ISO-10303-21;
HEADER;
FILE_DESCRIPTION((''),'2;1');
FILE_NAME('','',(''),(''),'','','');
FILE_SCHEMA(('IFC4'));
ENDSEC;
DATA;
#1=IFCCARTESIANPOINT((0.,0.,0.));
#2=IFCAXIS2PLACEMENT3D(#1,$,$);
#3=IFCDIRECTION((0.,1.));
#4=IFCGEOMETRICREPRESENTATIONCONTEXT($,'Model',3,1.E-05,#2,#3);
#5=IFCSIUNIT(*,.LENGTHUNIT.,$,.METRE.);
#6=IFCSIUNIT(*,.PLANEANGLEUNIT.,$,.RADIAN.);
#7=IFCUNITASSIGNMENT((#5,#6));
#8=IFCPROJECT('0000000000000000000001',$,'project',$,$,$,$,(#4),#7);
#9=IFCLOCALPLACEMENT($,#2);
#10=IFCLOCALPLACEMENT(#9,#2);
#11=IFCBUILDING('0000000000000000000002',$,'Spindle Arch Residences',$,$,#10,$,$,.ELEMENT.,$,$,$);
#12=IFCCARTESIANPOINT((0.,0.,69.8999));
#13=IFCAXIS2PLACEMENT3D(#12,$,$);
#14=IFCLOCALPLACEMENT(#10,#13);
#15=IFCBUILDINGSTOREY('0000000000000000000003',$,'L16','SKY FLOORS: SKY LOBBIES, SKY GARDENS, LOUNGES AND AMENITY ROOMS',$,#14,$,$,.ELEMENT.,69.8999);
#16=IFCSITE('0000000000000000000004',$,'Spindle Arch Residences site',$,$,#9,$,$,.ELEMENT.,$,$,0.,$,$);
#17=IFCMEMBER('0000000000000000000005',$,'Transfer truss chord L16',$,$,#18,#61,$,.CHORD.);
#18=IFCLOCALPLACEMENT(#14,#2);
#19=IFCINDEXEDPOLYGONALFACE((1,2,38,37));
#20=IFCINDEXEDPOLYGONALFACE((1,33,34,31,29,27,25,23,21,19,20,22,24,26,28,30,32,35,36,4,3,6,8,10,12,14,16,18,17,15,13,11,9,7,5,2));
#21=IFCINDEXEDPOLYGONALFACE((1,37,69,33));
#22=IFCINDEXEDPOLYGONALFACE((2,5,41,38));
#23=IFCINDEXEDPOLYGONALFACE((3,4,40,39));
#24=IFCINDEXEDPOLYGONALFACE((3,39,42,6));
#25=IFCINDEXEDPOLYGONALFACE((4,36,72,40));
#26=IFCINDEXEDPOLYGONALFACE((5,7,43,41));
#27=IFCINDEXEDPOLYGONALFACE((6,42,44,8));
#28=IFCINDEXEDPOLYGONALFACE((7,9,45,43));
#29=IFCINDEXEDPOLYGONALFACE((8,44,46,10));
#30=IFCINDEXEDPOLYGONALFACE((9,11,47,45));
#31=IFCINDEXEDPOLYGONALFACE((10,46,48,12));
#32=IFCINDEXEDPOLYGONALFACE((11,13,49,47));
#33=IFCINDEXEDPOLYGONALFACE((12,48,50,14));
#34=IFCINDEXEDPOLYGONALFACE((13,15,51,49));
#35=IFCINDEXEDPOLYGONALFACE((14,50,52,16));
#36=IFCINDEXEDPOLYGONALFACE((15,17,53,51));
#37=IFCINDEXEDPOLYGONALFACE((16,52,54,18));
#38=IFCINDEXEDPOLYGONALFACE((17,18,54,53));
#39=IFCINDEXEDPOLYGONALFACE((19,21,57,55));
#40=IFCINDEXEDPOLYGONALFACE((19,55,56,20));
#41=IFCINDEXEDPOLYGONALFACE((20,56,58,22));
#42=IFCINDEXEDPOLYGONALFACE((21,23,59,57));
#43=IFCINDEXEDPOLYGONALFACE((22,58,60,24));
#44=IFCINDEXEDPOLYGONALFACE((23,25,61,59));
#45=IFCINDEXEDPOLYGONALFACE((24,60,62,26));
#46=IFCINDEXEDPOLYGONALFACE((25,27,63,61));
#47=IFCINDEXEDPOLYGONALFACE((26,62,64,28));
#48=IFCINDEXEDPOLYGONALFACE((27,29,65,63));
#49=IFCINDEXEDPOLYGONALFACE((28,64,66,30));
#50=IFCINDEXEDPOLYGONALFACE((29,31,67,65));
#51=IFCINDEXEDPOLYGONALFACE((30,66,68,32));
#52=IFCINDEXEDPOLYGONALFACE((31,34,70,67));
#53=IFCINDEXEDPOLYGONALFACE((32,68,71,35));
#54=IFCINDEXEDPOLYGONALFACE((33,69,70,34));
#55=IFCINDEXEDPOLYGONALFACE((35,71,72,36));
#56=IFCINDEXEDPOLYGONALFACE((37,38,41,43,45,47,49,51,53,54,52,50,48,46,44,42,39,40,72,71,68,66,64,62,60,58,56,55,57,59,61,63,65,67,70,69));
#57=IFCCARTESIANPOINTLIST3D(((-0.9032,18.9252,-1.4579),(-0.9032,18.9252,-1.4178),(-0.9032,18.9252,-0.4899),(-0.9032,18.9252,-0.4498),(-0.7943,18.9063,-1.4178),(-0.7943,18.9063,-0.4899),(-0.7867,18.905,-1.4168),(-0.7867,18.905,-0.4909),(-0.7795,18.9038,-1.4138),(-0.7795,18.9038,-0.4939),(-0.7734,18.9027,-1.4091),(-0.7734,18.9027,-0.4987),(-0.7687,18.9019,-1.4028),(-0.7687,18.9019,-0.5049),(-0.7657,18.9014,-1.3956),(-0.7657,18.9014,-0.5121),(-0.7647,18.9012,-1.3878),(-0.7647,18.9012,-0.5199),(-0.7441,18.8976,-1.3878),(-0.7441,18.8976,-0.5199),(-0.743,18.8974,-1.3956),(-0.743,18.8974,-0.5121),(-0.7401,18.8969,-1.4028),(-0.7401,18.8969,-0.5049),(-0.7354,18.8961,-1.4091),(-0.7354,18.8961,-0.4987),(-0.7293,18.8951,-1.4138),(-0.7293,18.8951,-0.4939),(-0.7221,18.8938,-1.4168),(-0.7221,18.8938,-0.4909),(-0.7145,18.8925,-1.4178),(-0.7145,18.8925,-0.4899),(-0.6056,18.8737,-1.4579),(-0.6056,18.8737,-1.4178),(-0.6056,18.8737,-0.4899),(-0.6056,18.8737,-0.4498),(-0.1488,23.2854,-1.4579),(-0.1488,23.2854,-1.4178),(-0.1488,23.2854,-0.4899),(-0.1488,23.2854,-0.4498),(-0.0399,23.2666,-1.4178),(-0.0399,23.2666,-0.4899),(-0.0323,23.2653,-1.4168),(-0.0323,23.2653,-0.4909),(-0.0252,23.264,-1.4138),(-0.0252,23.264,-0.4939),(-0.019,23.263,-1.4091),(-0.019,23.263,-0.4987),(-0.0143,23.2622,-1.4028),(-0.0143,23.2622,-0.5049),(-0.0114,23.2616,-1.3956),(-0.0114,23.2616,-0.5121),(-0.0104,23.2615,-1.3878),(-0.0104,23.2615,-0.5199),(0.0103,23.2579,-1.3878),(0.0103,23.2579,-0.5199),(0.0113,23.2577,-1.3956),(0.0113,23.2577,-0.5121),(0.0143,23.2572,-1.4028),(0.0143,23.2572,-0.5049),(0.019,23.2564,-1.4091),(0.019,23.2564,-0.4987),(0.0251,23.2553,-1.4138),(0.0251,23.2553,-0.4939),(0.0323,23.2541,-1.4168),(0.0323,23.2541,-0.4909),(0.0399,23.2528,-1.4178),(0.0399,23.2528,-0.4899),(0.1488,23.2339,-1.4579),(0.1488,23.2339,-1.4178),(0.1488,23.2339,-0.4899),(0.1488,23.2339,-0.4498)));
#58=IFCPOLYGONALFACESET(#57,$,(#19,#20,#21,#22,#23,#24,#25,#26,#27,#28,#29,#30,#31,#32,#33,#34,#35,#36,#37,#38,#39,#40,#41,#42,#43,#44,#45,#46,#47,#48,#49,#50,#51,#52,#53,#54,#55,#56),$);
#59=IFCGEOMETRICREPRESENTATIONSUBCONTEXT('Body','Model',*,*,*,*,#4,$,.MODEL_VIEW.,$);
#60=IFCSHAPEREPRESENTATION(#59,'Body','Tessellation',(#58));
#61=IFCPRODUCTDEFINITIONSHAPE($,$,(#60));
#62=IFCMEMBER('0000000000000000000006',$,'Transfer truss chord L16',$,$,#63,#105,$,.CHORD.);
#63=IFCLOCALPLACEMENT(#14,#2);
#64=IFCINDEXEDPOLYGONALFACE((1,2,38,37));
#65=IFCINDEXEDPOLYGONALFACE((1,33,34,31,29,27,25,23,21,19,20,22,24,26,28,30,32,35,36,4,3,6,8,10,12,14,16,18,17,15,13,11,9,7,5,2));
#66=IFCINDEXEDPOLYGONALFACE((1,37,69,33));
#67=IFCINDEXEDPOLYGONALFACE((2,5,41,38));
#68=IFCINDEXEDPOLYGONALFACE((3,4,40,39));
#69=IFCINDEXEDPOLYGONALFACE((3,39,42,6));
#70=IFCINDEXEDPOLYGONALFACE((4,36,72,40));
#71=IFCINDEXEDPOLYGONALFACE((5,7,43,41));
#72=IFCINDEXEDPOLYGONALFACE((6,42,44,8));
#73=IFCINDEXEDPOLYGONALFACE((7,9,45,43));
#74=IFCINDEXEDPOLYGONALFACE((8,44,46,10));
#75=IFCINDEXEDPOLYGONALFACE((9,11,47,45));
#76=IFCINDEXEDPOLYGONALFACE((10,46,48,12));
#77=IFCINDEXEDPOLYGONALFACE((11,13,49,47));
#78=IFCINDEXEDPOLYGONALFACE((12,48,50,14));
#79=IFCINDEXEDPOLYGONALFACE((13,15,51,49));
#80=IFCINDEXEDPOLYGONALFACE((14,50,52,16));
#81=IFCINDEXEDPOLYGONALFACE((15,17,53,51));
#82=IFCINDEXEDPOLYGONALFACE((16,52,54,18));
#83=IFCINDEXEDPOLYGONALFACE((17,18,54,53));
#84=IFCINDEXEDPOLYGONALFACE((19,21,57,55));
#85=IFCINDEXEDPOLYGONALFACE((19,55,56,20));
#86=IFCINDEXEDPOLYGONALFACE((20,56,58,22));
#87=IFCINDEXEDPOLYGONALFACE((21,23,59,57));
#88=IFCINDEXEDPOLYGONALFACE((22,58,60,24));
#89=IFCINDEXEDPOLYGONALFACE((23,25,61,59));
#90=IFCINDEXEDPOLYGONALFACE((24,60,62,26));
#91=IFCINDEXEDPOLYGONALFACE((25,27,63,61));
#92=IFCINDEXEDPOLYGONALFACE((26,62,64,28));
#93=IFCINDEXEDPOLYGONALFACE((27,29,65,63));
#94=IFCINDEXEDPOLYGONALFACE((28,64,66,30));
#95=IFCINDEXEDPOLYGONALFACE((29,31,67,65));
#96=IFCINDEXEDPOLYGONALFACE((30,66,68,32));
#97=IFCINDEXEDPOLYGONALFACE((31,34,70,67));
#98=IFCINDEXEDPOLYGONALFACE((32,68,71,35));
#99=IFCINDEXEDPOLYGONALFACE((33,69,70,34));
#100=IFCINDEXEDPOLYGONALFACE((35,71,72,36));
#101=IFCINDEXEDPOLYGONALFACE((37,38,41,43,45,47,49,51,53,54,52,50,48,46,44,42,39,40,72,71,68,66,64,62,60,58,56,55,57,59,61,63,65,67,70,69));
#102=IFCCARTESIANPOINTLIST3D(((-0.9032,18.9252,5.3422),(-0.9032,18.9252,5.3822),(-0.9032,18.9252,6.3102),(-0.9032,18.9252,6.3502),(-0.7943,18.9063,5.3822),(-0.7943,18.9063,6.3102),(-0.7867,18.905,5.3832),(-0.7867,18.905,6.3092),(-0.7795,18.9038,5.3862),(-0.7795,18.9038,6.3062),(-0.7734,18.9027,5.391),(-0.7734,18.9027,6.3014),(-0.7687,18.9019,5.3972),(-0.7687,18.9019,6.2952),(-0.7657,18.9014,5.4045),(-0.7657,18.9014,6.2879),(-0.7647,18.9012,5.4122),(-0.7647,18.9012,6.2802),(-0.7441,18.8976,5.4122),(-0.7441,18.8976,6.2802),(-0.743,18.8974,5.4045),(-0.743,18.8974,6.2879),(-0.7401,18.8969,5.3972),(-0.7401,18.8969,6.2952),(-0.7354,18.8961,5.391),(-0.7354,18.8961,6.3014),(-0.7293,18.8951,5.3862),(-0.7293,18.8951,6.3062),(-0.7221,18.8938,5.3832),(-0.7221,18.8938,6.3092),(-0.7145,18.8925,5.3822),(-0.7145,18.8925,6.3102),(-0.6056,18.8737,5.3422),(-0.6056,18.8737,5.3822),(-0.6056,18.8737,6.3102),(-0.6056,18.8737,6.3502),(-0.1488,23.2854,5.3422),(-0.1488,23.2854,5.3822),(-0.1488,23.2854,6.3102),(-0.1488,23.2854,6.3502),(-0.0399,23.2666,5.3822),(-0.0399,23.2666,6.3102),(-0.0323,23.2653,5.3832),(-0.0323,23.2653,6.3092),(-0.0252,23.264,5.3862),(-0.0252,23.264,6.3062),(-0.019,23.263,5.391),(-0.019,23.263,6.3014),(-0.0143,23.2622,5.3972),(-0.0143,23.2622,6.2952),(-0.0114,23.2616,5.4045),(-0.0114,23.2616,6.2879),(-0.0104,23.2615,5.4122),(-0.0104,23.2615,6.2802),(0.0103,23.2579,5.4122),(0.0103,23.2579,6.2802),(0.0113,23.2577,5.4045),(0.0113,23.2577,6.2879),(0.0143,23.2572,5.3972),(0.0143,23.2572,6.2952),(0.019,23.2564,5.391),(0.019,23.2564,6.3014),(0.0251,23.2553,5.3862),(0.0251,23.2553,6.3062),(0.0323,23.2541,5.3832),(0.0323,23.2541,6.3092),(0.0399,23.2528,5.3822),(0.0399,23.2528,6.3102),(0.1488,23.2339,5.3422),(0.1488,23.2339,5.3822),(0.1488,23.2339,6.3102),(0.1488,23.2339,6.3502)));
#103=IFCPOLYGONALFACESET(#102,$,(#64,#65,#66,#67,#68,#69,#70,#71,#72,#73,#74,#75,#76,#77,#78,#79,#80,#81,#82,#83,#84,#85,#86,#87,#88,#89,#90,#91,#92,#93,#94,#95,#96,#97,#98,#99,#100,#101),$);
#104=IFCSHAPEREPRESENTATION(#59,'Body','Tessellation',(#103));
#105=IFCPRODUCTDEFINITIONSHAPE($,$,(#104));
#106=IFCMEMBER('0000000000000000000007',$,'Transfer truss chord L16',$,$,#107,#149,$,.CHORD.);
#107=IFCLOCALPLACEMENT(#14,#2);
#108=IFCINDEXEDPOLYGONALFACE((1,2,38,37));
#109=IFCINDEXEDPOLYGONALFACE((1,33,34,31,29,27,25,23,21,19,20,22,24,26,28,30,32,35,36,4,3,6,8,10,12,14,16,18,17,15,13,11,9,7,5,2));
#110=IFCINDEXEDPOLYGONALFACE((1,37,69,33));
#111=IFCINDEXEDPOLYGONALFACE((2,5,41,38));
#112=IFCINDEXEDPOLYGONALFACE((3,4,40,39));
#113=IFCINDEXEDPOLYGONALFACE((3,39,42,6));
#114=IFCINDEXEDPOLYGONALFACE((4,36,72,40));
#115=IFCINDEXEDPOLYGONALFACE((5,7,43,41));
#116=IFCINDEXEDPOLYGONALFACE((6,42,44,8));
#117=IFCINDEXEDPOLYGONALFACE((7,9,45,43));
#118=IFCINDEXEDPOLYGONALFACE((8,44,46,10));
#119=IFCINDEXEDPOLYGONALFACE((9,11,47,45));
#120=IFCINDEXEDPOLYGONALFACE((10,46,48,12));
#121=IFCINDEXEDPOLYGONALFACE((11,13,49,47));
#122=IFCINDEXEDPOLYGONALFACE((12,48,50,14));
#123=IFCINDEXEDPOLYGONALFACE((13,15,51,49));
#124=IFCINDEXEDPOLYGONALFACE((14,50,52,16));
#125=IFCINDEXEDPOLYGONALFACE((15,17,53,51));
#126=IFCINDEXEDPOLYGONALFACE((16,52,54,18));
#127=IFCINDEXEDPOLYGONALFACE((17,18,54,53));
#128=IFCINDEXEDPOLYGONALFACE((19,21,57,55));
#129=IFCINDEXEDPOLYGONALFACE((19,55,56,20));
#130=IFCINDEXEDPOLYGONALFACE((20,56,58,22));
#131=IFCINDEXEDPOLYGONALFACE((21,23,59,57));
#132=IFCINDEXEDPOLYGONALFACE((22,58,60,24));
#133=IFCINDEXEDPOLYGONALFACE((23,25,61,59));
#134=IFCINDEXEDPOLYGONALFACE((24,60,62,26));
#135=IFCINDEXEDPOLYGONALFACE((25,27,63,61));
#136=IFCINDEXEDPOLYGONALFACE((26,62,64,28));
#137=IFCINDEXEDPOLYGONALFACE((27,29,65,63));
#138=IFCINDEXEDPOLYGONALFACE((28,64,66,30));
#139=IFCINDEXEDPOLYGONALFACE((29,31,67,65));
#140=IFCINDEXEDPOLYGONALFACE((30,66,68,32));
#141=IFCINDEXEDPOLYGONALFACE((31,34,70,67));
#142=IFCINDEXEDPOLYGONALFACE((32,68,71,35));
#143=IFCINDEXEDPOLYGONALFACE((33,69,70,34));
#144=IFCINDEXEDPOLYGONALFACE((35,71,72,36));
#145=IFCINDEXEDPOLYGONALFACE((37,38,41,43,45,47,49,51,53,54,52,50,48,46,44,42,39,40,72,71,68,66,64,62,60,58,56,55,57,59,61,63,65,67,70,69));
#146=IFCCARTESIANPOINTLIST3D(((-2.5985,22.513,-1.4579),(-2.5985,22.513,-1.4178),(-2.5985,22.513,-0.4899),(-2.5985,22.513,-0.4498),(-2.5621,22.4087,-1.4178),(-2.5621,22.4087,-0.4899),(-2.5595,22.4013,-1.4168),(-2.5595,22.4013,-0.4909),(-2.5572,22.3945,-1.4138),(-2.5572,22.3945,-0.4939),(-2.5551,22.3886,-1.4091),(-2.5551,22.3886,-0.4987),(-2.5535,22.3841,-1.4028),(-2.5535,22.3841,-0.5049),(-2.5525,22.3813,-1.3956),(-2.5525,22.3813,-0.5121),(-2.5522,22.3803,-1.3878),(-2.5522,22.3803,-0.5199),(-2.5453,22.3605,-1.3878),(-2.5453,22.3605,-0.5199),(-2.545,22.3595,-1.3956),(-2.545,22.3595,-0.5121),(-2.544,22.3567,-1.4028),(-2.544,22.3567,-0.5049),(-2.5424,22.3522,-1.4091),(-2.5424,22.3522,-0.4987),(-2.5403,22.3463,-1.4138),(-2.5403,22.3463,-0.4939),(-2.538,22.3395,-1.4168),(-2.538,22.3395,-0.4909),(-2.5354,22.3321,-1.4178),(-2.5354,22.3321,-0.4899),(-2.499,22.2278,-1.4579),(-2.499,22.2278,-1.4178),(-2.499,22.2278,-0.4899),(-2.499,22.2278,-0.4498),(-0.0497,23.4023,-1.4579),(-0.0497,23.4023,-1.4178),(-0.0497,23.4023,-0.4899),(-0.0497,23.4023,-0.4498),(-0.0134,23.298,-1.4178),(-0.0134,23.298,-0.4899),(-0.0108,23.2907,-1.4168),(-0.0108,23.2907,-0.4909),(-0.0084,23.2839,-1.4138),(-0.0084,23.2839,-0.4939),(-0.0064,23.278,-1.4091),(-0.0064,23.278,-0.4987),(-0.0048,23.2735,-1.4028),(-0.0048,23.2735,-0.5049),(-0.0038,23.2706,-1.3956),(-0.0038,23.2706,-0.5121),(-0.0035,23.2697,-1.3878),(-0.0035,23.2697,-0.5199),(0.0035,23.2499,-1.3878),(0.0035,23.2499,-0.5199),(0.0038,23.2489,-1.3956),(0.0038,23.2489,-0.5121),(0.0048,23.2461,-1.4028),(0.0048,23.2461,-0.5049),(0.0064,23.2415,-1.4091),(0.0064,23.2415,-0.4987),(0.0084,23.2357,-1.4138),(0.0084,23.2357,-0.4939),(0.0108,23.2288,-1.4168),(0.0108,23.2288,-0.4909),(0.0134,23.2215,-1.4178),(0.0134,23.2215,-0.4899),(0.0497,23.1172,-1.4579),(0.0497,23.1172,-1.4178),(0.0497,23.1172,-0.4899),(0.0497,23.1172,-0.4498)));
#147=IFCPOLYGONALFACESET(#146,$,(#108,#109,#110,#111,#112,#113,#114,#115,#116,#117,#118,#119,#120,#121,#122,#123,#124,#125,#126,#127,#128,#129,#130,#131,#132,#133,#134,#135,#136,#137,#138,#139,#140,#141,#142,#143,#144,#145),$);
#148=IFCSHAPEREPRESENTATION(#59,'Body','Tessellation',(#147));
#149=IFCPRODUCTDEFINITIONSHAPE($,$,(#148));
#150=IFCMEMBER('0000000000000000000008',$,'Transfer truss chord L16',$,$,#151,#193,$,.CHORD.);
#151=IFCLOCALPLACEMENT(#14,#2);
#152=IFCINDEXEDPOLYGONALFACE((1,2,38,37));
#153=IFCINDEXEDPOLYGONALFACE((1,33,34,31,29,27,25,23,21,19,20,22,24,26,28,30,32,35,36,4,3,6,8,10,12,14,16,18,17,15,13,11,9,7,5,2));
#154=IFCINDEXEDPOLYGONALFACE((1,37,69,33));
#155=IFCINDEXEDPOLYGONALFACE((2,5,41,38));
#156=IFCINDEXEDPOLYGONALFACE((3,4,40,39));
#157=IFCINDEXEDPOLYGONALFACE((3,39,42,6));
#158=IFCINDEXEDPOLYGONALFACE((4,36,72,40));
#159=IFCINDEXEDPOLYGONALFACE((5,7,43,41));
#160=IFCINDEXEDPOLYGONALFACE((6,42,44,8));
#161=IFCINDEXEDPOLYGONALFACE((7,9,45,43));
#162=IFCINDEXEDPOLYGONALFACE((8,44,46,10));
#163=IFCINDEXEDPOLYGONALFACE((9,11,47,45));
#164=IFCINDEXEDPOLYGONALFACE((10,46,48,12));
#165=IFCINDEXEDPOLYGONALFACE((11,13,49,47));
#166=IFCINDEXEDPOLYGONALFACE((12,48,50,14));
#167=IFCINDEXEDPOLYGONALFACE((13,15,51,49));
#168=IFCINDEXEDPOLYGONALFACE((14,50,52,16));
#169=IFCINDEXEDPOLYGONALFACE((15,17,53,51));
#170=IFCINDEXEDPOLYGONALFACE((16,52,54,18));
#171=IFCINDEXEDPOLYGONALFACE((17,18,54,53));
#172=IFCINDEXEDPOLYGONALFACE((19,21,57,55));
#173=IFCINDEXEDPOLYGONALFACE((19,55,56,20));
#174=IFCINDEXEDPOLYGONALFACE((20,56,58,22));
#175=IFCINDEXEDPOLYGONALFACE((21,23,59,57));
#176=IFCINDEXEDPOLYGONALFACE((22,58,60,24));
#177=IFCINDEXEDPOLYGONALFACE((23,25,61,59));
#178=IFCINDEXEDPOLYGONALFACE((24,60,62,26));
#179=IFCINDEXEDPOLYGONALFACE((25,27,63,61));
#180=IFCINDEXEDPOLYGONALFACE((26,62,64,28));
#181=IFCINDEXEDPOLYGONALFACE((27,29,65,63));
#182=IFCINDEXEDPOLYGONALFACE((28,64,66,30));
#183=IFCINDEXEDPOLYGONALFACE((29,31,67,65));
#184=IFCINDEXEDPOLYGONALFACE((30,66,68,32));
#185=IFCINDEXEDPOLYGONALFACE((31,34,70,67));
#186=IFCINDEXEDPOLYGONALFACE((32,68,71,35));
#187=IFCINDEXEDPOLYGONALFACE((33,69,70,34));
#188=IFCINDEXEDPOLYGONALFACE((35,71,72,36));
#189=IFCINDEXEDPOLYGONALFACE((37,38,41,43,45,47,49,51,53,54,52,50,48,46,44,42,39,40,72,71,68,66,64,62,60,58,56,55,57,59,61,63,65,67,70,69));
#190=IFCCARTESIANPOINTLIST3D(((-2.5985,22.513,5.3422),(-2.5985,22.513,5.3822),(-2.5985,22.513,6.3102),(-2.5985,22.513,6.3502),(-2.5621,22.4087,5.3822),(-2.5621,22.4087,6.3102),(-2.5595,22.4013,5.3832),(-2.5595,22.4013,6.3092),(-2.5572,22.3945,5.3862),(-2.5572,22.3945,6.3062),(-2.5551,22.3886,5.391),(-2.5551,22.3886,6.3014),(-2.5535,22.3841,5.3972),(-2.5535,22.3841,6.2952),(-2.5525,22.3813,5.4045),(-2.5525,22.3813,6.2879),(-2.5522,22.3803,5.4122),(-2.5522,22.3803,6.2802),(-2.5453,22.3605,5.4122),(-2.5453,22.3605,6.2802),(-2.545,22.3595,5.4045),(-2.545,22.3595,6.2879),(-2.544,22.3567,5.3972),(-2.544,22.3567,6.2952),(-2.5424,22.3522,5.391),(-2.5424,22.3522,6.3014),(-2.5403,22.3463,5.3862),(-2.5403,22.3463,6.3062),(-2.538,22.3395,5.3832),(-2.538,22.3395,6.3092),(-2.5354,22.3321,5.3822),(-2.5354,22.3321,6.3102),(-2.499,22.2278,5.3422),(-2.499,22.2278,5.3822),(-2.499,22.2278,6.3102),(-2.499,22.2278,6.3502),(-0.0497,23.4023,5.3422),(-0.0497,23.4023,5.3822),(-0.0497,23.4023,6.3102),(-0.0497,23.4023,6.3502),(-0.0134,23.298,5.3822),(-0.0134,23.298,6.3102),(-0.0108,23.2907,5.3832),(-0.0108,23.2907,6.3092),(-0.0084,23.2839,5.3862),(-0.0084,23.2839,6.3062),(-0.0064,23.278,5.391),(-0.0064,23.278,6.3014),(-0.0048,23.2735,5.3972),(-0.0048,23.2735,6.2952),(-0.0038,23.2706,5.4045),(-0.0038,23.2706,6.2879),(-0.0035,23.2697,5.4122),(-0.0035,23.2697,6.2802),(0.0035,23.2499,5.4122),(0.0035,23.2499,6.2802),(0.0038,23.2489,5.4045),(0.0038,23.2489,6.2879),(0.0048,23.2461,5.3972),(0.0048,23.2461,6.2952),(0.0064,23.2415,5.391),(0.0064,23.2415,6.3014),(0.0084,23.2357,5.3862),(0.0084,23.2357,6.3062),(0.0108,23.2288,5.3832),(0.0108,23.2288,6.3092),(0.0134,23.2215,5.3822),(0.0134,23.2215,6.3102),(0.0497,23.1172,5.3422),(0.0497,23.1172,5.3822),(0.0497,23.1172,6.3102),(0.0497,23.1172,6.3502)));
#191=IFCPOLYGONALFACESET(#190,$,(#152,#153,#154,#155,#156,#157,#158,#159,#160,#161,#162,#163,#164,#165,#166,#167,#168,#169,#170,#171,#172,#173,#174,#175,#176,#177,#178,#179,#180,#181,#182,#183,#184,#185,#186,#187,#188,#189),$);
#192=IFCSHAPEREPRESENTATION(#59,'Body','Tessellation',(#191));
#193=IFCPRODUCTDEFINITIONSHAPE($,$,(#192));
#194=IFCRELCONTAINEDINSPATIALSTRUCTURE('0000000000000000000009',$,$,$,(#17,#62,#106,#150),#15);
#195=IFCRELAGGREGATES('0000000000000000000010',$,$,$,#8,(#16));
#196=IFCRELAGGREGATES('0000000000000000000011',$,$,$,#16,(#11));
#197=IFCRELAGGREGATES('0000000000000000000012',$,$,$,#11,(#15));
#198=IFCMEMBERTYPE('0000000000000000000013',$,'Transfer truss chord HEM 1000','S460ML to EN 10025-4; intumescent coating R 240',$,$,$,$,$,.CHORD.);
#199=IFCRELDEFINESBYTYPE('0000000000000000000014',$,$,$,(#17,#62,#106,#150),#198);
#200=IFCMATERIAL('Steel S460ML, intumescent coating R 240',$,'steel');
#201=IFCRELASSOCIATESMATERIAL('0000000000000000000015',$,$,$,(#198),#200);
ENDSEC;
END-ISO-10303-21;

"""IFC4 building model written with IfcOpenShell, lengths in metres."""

from ifc_helpers import new_model, si_unit, direction, frame, origin, origin_2d, place, context, subcontext, project, spatial, i_section, extrude, material, material_profile, profile_set, type_object, element, save


model = new_model("IFC4")

# Units and contexts
model_context = context("Model", 3, precision=1e-05, world=origin(), true_north=direction((0.0, 1.0)))
body_context = subcontext(model_context, "Body", "Model", "MODEL_VIEW")
ifc_project = project(units=[si_unit("LENGTHUNIT", "METRE"), si_unit("PLANEANGLEUNIT", "RADIAN")], contexts=[model_context])

# Site, building, storey
site_placement = place(None, origin())
site = spatial("IfcSite", under=ifc_project, at=site_placement, Name="Spindle Arch Residences site", CompositionType="ELEMENT", RefElevation=0.0)
building_placement = place(site_placement, origin())
building = spatial("IfcBuilding", under=site, at=building_placement, Name="Spindle Arch Residences", CompositionType="ELEMENT")
storey_placement = place(building_placement, frame((0.0, 0.0, 69.8999)))
storey = spatial("IfcBuildingStorey", under=building, at=storey_placement, Name="L16", Description="SKY FLOORS: SKY LOBBIES, SKY GARDENS, LOUNGES AND AMENITY ROOMS", CompositionType="ELEMENT", Elevation=69.8999)

# Members
ifc_material_1 = material(Name="Steel S460ML, intumescent coating R 240", Category="steel")
ifc_material_profile_1 = material_profile(ifc_material_1, i_section(OverallWidth=0.302, OverallDepth=1.0081, WebThickness=0.021, FlangeThickness=0.04, FilletRadius=0.03, at=origin_2d()), Name="HEM 1000")
ifc_profile_set_1 = profile_set([ifc_material_profile_1], Name="Steel S460ML, intumescent coating R 240")
member_type_1 = type_object("IfcMemberType", Name="Transfer truss chord HEM 1000", Description="S460ML to EN 10025-4; intumescent coating R 240", PredefinedType="CHORD", material=ifc_profile_set_1)
for number, where, z_axis, x_axis, name in (
    (1, (-0.7544, 18.8994, -0.9539), (0.17048, 0.985361, 0.0), (-0.985361, 0.17048, 0.0), "Transfer truss chord L16"),
    (2, (-0.7544, 18.8994, 5.8462), (0.17048, 0.985361, 0.0), (-0.985361, 0.17048, 0.0), "Transfer truss chord L16"),
):
    element("IfcMember", number, at=place(storey_placement, frame(where, z_axis=z_axis, x_axis=x_axis)), inside=storey, type_object=member_type_1, Name=name, PredefinedType="CHORD", context=body_context, shape_type="SweptSolid", body=[
        extrude(i_section(OverallWidth=0.302, OverallDepth=1.0081, WebThickness=0.021, FlangeThickness=0.04, FilletRadius=0.03, at=origin_2d()), origin(), (0.0, 0.0, 1.0), 4.425),
    ])
for number, where, z_axis, x_axis, name in (
    (3, (0.0, 23.2598, -0.9539), (-0.944168, -0.329464, 0.0), (0.329464, -0.944168, 0.0), "Transfer truss chord L16"),
    (4, (0.0, 23.2598, 5.8462), (-0.944168, -0.329464, 0.0), (0.329464, -0.944168, 0.0), "Transfer truss chord L16"),
):
    element("IfcMember", number, at=place(storey_placement, frame(where, z_axis=z_axis, x_axis=x_axis)), inside=storey, type_object=member_type_1, Name=name, PredefinedType="CHORD", context=body_context, shape_type="SweptSolid", body=[
        extrude(i_section(OverallWidth=0.302, OverallDepth=1.0081, WebThickness=0.021, FlangeThickness=0.04, FilletRadius=0.03, at=origin_2d()), origin(), (0.0, 0.0, 1.0), 2.6995),
    ])

save(model, "model.ifc")
